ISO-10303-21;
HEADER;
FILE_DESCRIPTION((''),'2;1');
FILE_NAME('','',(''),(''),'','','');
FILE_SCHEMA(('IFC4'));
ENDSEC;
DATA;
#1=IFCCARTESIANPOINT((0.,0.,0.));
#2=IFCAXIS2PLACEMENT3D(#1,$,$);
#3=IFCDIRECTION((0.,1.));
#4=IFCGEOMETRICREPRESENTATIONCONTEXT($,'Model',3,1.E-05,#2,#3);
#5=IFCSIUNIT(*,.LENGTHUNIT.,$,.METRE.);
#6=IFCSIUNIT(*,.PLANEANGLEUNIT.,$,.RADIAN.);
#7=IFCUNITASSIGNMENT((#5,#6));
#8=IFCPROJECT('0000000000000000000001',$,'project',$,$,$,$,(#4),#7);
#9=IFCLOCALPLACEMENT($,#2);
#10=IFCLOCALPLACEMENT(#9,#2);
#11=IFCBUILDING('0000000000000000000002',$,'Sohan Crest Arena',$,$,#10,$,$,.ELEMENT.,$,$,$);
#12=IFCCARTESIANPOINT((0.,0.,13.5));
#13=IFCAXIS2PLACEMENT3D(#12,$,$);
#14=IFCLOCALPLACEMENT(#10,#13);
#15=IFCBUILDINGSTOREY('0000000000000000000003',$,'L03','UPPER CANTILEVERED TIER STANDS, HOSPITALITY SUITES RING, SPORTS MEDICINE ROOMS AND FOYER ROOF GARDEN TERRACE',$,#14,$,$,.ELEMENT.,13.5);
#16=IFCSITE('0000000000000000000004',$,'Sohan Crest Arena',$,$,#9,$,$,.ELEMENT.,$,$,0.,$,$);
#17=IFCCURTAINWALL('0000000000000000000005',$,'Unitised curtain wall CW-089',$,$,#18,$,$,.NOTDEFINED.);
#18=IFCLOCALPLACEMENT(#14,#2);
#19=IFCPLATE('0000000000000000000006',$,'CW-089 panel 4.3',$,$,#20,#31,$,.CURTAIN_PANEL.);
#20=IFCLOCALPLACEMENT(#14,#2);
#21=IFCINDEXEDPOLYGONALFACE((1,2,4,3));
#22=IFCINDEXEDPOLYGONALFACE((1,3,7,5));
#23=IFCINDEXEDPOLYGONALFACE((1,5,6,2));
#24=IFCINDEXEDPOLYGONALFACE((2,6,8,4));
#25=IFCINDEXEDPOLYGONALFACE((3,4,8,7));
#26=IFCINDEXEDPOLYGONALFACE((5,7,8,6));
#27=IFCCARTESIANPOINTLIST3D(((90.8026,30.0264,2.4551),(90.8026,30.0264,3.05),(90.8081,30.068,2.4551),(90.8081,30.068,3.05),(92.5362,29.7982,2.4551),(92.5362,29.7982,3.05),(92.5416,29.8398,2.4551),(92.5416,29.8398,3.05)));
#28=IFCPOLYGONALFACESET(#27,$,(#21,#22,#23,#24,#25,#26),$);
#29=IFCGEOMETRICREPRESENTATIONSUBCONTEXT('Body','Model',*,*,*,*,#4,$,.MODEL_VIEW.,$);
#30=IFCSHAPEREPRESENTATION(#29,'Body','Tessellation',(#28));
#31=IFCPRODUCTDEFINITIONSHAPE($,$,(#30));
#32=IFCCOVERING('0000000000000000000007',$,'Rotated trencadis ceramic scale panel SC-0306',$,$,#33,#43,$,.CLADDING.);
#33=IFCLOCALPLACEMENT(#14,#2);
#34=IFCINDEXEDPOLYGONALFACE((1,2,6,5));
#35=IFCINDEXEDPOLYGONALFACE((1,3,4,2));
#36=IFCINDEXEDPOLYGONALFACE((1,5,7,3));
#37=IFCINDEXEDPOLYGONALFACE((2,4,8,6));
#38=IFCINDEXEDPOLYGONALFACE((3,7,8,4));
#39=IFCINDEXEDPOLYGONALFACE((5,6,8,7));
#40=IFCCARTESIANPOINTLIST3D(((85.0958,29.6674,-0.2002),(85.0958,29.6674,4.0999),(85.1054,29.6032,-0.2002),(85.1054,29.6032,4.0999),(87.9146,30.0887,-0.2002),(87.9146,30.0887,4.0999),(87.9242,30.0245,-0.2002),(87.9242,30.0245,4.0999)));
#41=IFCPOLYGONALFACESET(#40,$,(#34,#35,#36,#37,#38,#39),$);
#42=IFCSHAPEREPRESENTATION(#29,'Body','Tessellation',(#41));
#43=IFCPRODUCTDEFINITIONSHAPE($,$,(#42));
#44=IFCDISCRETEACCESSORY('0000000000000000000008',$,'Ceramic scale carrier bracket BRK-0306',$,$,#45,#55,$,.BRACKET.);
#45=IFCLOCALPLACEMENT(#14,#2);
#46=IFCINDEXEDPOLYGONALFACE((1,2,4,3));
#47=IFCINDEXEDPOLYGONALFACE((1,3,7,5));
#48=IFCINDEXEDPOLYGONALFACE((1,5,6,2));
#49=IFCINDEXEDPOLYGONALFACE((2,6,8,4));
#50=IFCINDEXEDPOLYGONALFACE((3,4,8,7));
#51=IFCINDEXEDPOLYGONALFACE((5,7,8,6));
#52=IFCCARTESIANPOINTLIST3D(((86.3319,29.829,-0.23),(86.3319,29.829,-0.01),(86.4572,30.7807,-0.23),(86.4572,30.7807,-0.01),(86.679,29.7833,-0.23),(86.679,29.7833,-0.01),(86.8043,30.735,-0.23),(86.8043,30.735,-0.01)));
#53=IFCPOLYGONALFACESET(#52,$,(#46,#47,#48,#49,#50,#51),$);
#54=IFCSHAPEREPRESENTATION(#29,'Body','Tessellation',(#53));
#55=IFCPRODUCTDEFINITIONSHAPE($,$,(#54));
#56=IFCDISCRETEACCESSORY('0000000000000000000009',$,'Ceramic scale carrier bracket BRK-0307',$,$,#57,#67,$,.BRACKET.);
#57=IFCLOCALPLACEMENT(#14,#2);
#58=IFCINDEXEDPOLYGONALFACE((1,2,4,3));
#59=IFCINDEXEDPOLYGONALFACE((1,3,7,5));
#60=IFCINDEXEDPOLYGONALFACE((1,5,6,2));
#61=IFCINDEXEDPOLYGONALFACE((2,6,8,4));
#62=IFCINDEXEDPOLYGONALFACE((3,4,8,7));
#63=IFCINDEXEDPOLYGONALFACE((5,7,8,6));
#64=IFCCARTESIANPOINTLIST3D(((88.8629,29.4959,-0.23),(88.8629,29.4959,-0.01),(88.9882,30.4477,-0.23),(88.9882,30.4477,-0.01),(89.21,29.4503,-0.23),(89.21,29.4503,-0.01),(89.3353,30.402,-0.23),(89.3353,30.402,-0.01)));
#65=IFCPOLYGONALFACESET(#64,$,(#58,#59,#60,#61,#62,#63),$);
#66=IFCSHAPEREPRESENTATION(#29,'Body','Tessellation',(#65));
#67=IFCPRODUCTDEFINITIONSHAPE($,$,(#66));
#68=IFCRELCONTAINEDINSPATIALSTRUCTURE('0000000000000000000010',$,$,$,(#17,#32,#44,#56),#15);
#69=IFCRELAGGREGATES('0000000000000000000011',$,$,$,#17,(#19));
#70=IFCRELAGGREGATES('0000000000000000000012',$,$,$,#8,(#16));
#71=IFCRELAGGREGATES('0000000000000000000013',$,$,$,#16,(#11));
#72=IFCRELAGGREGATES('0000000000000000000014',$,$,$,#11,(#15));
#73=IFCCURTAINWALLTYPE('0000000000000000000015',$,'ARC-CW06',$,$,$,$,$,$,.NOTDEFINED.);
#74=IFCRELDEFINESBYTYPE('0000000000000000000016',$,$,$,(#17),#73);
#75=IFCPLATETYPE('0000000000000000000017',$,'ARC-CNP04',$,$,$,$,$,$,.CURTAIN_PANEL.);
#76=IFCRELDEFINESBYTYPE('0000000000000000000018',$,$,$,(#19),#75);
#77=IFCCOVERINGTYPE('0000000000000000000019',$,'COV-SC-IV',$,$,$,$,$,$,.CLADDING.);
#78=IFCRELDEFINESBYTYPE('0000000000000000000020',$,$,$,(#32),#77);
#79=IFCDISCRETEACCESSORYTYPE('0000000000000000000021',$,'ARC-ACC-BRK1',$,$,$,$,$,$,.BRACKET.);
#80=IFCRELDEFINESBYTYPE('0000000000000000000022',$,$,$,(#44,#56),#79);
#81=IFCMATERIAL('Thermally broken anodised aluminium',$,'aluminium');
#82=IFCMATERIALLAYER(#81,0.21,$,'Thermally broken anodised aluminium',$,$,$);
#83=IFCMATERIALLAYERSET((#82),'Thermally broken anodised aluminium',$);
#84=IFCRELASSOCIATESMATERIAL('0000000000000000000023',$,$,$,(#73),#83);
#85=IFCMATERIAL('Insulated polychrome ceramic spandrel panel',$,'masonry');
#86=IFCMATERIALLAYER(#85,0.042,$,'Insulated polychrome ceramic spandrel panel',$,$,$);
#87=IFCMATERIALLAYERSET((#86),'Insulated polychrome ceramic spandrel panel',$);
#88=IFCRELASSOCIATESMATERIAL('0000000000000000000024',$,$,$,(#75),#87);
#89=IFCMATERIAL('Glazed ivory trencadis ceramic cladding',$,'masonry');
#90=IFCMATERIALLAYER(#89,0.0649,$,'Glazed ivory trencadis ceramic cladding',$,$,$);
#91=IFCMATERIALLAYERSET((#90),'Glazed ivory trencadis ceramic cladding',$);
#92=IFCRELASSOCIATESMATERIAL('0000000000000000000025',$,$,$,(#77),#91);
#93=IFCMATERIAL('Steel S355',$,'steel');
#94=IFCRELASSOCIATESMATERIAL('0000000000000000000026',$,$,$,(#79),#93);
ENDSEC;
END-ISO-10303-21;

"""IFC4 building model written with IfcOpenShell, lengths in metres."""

from ifc_helpers import new_model, si_unit, direction, frame, origin, origin_2d, place, context, subcontext, project, spatial, rectangle, extrude, material, layer, layer_set, type_object, element, aggregate, save


model = new_model("IFC4")

# Units and contexts
model_context = context("Model", 3, precision=1e-05, world=origin(), true_north=direction((0.0, 1.0)))
body_context = subcontext(model_context, "Body", "Model", "MODEL_VIEW")
ifc_project = project(units=[si_unit("LENGTHUNIT", "METRE"), si_unit("PLANEANGLEUNIT", "RADIAN")], contexts=[model_context])

# Site, building, storey
site_placement = place(None, origin())
site = spatial("IfcSite", under=ifc_project, at=site_placement, Name="Sohan Crest Arena", CompositionType="ELEMENT", RefElevation=0.0)
building_placement = place(site_placement, origin())
building = spatial("IfcBuilding", under=site, at=building_placement, Name="Sohan Crest Arena", CompositionType="ELEMENT")
storey_placement = place(building_placement, frame((0.0, 0.0, 13.5)))
storey = spatial("IfcBuildingStorey", under=building, at=storey_placement, Name="L03", Description="UPPER CANTILEVERED TIER STANDS, HOSPITALITY SUITES RING, SPORTS MEDICINE ROOMS AND FOYER ROOF GARDEN TERRACE", CompositionType="ELEMENT", Elevation=13.5)

# Curtain wall, plate
ifc_material_1 = material(Name="Thermally broken anodised aluminium", Category="aluminium")
ifc_layer_1 = layer(ifc_material_1, 0.21, Name="Thermally broken anodised aluminium")
ifc_layer_set_1 = layer_set([ifc_layer_1], Name="Thermally broken anodised aluminium")
curtain_wall_type = type_object("IfcCurtainWallType", Name="ARC-CW06", PredefinedType="NOTDEFINED", material=ifc_layer_set_1)
curtain_wall_placement = place(storey_placement, origin())
curtain_wall = element("IfcCurtainWall", 1, at=curtain_wall_placement, inside=storey, type_object=curtain_wall_type, Name="Unitised curtain wall CW-089", PredefinedType="NOTDEFINED")
ifc_material_2 = material(Name="Insulated polychrome ceramic spandrel panel", Category="masonry")
ifc_layer_2 = layer(ifc_material_2, 0.042, Name="Insulated polychrome ceramic spandrel panel")
ifc_layer_set_2 = layer_set([ifc_layer_2], Name="Insulated polychrome ceramic spandrel panel")
plate_type = type_object("IfcPlateType", Name="ARC-CNP04", PredefinedType="CURTAIN_PANEL", material=ifc_layer_set_2)
plate_1_placement = place(storey_placement, frame((91.6721, 29.9331, 2.4551), z_axis=(0.0, 0.0, 1.0), x_axis=(0.991447, -0.130511, 0.0)))
plate_1 = element("IfcPlate", 2, at=plate_1_placement, type_object=plate_type, Name="CW-089 panel 4.3", PredefinedType="CURTAIN_PANEL", context=body_context, shape_type="SweptSolid", body=[
    extrude(rectangle(XDim=1.7485, YDim=0.042, at=origin_2d()), origin(), (0.0, 0.0, 1.0), 0.595),
])
aggregate(curtain_wall, [plate_1])

# Covering
ifc_material_3 = material(Name="Glazed ivory trencadis ceramic cladding", Category="masonry")
ifc_layer_3 = layer(ifc_material_3, 0.0649, Name="Glazed ivory trencadis ceramic cladding")
ifc_layer_set_3 = layer_set([ifc_layer_3], Name="Glazed ivory trencadis ceramic cladding")
covering_type = type_object("IfcCoveringType", Name="COV-SC-IV", PredefinedType="CLADDING", material=ifc_layer_set_3)
covering_placement = place(storey_placement, frame((86.51, 29.8459, -0.2002), z_axis=(0.0, 0.0, 1.0), x_axis=(0.989016, 0.147809, 0.0)))
element("IfcCovering", 3, at=covering_placement, inside=storey, type_object=covering_type, Name="Rotated trencadis ceramic scale panel SC-0306", PredefinedType="CLADDING", context=body_context, shape_type="SweptSolid", body=[
    extrude(rectangle(XDim=2.8501, YDim=0.0649, at=origin_2d()), origin(), (0.0, 0.0, 1.0), 4.3),
])

# Discrete accessories
ifc_material_4 = material(Name="Steel S355", Category="steel")
discrete_accessory_type = type_object("IfcDiscreteAccessoryType", Name="ARC-ACC-BRK1", PredefinedType="BRACKET", material=ifc_material_4)
for number, where, z_axis, x_axis, name in (
    (4, (86.5681, 30.282, -0.23), (0.0, 0.0, 1.0), (0.991445, -0.130526, 0.0), "Ceramic scale carrier bracket BRK-0306"),
    (5, (89.0991, 29.949, -0.23), (0.0, 0.0, 1.0), (0.991445, -0.130526, 0.0), "Ceramic scale carrier bracket BRK-0307"),
):
    element("IfcDiscreteAccessory", number, at=place(storey_placement, frame(where, z_axis=z_axis, x_axis=x_axis)), inside=storey, type_object=discrete_accessory_type, Name=name, PredefinedType="BRACKET", context=body_context, shape_type="SweptSolid", body=[
        extrude(rectangle(XDim=0.3501, YDim=0.96, at=origin_2d()), origin(), (0.0, 0.0, 1.0), 0.22),
    ])

save(model, "model.ifc")
